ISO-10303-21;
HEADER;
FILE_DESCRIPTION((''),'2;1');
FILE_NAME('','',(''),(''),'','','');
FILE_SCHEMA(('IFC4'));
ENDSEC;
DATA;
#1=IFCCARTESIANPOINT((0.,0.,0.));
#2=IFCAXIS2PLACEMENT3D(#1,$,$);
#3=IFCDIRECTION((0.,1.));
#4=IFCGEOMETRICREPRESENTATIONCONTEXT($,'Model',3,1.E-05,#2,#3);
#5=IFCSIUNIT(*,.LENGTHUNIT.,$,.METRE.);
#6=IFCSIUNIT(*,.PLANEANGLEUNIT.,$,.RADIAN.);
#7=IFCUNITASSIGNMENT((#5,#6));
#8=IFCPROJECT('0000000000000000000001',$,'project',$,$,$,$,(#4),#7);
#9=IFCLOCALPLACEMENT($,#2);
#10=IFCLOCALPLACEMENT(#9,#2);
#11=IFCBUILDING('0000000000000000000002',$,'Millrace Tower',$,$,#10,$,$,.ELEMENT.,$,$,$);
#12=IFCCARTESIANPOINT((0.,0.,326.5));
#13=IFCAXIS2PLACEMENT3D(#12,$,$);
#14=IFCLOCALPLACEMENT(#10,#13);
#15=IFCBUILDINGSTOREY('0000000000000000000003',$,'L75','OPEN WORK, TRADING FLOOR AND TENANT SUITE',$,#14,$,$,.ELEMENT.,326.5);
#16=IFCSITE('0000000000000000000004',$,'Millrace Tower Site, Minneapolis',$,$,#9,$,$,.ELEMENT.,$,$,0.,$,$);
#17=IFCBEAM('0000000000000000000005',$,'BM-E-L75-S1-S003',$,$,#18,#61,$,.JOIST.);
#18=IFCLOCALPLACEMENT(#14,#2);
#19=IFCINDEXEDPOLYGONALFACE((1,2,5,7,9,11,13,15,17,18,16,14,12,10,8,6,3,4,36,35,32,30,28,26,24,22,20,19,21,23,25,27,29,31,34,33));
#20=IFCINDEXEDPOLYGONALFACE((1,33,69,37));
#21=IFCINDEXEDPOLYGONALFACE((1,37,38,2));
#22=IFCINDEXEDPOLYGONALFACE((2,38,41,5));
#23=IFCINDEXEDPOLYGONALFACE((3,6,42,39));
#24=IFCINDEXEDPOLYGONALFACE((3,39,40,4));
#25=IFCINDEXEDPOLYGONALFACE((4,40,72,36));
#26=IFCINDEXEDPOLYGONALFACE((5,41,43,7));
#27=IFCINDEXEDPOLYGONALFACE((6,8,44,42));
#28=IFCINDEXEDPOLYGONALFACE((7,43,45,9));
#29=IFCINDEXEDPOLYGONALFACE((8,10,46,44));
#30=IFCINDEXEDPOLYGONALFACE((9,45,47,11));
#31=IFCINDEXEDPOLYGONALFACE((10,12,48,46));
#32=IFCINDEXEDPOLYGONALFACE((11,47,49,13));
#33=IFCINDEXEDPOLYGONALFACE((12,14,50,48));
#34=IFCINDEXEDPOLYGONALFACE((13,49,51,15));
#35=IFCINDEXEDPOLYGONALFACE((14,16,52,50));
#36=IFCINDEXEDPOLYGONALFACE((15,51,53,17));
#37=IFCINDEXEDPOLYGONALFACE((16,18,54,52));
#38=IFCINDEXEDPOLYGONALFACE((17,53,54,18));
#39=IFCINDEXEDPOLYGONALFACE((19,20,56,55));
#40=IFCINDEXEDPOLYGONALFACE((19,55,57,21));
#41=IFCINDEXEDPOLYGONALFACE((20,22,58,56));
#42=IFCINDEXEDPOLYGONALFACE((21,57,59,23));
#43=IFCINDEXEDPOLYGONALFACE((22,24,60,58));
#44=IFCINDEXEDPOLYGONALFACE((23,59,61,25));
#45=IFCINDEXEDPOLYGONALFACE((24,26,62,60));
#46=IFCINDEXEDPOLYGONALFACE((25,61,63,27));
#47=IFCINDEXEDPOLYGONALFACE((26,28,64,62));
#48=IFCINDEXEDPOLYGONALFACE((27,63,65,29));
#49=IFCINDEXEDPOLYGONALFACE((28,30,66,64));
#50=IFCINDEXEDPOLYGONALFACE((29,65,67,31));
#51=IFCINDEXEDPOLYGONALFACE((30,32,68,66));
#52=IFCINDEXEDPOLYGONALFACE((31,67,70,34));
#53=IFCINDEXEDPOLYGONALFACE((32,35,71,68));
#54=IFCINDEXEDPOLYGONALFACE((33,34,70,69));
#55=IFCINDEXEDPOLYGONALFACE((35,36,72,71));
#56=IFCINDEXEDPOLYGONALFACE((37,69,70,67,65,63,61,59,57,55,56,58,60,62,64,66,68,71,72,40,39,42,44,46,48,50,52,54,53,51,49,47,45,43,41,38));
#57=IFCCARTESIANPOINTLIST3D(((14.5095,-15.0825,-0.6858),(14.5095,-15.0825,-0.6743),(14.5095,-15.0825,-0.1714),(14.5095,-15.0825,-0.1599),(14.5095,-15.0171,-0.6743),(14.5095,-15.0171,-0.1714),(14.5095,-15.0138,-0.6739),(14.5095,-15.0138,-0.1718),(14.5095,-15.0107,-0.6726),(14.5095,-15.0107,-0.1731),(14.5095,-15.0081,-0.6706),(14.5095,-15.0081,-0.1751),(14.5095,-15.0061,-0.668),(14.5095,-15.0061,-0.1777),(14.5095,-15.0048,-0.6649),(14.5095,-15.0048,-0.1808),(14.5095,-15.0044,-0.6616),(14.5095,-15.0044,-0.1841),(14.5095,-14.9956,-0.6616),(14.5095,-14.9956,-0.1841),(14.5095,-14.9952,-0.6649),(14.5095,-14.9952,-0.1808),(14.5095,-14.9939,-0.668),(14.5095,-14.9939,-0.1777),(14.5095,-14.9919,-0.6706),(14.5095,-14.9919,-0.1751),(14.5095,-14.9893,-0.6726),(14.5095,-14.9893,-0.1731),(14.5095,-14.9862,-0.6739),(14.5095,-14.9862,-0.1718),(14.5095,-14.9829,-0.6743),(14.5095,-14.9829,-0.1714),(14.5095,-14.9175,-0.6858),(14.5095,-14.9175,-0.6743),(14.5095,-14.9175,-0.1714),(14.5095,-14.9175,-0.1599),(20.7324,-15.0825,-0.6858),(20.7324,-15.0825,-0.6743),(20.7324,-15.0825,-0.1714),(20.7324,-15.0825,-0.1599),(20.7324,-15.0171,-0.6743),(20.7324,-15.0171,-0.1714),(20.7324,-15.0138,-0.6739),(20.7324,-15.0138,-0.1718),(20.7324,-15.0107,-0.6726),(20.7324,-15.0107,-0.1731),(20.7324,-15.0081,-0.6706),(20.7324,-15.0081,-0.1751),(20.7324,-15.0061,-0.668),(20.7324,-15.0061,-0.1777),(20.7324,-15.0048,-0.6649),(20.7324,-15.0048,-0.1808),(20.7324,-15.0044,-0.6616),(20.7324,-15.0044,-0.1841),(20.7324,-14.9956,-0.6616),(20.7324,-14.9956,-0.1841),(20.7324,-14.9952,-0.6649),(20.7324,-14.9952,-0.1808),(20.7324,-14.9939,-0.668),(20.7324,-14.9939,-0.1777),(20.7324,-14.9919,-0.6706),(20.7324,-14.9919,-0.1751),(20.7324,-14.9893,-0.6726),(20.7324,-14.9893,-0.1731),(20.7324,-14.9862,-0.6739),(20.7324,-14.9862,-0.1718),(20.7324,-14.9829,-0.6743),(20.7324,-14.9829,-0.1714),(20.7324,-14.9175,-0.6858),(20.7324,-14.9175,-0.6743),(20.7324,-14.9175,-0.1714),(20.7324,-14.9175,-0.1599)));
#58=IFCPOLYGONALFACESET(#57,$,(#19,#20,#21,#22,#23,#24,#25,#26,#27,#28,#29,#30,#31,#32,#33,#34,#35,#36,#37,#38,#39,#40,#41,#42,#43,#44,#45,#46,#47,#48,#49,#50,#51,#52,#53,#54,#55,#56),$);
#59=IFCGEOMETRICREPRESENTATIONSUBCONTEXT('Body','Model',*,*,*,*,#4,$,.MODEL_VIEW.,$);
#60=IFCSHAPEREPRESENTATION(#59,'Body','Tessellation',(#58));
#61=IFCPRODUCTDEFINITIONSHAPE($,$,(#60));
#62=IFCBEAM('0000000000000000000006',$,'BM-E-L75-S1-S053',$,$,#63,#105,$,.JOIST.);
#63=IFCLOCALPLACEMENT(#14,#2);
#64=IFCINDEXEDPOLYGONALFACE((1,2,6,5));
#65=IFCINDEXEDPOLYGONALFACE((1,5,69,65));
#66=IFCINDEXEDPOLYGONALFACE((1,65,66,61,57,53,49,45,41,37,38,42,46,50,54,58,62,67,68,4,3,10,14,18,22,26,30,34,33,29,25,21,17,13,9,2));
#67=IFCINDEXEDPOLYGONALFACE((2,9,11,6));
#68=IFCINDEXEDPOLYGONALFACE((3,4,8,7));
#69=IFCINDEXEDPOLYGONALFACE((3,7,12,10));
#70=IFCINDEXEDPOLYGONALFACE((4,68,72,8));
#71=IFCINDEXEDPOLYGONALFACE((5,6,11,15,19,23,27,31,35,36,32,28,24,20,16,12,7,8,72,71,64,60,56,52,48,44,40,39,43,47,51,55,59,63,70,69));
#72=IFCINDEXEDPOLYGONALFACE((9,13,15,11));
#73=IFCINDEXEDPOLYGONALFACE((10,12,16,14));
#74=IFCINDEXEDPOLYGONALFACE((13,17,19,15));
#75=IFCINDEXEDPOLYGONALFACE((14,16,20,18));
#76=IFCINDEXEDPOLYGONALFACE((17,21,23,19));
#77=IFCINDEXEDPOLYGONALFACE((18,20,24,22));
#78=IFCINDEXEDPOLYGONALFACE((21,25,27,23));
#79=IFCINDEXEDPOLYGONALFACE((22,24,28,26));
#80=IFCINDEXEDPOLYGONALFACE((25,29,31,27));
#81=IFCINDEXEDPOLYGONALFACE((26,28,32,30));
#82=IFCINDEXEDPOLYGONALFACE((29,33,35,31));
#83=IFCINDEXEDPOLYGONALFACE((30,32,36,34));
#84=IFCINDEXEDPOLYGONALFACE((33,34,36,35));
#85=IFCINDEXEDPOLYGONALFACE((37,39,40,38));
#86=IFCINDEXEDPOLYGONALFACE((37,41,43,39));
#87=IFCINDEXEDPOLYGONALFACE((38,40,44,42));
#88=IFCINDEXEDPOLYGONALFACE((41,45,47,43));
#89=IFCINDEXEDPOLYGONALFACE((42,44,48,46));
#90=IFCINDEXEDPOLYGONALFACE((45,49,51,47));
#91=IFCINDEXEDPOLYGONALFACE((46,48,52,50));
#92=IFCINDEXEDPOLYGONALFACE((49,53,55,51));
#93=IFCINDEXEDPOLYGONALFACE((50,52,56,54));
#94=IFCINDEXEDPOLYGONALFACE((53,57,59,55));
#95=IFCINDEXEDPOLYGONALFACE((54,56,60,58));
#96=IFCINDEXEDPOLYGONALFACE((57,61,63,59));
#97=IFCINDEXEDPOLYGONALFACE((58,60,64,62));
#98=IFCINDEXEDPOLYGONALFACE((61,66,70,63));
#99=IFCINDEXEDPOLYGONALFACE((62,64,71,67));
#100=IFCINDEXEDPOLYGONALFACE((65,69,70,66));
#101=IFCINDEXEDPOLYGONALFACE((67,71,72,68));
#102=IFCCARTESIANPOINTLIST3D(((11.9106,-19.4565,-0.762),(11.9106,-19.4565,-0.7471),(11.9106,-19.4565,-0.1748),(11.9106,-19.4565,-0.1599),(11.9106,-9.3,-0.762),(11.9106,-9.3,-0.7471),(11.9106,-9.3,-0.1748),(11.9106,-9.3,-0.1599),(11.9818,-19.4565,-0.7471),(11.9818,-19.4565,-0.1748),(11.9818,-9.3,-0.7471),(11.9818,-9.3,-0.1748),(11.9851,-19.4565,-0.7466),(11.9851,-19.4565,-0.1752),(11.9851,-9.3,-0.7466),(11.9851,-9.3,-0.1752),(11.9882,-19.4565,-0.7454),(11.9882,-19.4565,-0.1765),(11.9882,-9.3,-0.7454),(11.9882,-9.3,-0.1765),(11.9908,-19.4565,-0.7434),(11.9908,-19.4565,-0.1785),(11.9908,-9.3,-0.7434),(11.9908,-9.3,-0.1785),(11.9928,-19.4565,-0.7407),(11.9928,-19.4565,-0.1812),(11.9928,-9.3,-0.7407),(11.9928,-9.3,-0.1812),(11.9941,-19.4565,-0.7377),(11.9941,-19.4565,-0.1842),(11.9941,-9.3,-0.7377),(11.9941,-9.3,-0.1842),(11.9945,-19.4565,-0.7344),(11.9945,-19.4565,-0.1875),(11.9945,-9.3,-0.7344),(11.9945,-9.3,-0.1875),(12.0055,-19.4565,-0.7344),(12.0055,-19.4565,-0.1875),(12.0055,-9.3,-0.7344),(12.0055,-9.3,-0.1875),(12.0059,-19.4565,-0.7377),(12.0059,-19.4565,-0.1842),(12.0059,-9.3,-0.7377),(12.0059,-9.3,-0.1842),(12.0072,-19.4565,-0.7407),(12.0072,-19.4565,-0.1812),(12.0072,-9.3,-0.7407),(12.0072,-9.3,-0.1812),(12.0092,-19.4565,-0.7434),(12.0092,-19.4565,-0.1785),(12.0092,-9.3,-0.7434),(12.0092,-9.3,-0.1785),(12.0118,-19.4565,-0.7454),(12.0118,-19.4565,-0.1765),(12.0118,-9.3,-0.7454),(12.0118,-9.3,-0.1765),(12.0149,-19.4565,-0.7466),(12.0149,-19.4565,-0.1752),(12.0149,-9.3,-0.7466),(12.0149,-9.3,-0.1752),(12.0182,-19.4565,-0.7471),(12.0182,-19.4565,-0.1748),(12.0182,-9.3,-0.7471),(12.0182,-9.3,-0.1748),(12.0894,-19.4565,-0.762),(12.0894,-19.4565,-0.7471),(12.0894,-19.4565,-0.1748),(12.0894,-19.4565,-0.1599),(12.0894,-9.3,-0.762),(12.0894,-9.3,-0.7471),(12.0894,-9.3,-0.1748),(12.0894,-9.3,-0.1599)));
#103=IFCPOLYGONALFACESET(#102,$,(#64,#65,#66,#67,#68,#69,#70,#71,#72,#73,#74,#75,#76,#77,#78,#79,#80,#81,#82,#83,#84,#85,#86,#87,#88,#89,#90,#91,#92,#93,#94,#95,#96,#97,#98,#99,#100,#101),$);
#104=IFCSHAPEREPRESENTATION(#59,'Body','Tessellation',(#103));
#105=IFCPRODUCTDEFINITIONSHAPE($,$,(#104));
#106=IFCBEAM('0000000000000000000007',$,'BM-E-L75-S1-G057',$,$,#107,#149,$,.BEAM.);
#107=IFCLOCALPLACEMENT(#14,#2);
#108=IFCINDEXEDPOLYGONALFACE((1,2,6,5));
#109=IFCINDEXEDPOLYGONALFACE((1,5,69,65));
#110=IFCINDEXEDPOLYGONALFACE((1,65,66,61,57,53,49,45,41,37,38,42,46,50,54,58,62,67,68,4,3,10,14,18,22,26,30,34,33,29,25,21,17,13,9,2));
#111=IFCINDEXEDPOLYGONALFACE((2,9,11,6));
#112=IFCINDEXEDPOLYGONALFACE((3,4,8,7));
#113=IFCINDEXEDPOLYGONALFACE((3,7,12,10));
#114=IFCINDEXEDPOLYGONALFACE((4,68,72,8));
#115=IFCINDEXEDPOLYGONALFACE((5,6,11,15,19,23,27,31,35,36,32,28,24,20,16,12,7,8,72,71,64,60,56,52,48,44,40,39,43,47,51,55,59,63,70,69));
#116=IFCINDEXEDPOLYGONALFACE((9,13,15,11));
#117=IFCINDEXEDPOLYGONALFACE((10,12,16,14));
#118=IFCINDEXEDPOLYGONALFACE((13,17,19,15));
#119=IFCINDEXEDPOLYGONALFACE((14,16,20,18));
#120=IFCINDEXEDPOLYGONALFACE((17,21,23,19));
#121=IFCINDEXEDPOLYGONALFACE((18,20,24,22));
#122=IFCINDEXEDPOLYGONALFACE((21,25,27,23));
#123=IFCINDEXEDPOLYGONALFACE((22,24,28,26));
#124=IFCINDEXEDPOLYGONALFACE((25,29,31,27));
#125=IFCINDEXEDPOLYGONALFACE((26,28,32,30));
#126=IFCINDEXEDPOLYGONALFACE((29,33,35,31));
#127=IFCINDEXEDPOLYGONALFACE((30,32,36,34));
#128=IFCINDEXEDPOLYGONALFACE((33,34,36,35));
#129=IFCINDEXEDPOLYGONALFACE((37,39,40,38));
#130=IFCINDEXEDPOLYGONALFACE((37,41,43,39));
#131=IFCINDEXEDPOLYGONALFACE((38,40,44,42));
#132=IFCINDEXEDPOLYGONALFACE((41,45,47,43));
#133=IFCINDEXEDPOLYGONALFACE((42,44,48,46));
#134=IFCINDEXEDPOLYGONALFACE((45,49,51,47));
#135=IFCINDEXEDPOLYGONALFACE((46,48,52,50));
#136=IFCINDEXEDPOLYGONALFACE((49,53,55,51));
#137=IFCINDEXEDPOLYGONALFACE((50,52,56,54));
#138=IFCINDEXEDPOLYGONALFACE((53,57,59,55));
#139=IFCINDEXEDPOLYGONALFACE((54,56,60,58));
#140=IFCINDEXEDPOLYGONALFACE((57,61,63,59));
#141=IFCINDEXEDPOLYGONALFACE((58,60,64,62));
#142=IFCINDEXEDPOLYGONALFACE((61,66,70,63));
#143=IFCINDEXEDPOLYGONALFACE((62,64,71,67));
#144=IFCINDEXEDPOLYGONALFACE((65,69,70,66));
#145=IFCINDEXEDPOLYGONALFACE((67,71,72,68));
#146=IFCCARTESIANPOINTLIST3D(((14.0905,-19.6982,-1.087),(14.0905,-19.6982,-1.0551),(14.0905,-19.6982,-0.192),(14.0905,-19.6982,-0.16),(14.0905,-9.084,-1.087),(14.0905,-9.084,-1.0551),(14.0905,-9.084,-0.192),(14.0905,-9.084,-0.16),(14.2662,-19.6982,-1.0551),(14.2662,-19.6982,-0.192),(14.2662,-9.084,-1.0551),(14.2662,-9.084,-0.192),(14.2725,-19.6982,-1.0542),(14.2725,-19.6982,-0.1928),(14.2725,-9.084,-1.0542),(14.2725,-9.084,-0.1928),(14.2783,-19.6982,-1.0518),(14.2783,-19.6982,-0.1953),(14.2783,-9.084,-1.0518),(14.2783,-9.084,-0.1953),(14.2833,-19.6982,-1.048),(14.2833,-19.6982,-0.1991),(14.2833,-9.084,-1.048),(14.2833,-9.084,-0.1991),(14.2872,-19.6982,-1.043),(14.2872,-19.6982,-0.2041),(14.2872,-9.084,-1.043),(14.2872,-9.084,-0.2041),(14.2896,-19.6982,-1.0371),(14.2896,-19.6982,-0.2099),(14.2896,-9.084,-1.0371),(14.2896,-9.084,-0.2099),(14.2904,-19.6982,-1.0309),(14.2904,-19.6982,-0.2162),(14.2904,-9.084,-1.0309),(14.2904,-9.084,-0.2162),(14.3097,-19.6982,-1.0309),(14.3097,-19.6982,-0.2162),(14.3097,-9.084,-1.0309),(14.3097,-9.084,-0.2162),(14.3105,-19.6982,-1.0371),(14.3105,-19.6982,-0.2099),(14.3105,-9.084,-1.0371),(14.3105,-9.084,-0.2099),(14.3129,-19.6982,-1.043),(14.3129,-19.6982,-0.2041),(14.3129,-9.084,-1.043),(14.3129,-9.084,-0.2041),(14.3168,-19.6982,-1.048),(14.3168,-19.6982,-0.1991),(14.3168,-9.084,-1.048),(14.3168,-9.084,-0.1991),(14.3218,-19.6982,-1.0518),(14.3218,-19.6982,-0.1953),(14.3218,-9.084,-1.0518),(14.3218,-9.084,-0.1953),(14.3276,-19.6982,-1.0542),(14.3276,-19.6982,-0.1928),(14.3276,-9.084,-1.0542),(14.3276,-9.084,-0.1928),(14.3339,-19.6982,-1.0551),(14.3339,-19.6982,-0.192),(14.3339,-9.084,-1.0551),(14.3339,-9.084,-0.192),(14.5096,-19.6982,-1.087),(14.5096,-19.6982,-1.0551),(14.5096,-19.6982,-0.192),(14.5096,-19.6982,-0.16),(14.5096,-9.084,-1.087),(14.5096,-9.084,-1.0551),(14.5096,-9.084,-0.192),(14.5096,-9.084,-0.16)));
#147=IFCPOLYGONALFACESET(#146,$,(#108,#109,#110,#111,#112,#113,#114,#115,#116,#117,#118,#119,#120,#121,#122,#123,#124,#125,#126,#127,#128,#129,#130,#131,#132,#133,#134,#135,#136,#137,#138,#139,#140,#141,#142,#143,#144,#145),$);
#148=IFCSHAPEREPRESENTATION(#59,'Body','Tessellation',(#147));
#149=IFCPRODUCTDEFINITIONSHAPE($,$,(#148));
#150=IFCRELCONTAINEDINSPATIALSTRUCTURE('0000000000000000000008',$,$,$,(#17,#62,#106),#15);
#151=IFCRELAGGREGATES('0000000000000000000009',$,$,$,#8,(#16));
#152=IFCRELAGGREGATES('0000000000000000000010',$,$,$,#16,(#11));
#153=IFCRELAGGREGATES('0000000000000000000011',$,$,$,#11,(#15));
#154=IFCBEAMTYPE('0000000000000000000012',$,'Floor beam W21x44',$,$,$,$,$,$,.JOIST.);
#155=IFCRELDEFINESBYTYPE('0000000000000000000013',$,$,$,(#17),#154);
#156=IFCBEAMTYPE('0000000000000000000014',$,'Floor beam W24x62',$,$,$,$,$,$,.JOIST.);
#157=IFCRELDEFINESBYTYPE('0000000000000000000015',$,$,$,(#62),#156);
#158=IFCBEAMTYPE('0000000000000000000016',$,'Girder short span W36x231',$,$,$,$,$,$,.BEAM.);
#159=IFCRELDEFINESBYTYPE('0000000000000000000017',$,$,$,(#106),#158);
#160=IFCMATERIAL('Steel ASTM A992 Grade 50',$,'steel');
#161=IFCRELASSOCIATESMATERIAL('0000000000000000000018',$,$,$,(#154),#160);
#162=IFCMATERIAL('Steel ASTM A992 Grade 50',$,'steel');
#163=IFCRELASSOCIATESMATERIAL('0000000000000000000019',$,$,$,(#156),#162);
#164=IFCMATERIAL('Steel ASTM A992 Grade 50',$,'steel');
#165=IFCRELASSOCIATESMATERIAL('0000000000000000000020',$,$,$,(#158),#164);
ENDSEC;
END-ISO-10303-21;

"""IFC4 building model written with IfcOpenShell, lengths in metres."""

from ifc_helpers import new_model, si_unit, direction, frame, origin, origin_2d, place, context, subcontext, project, spatial, i_section, extrude, material, material_profile, profile_set, type_object, element, save


model = new_model("IFC4")

# Units and contexts
model_context = context("Model", 3, precision=1e-05, world=origin(), true_north=direction((0.0, 1.0)))
body_context = subcontext(model_context, "Body", "Model", "MODEL_VIEW")
ifc_project = project(units=[si_unit("LENGTHUNIT", "METRE"), si_unit("PLANEANGLEUNIT", "RADIAN")], contexts=[model_context])

# Site, building, storey
site_placement = place(None, origin())
site = spatial("IfcSite", under=ifc_project, at=site_placement, Name="Millrace Tower Site, Minneapolis", CompositionType="ELEMENT", RefElevation=0.0)
building_placement = place(site_placement, origin())
building = spatial("IfcBuilding", under=site, at=building_placement, Name="Millrace Tower", CompositionType="ELEMENT")
storey_placement = place(building_placement, frame((0.0, 0.0, 326.5)))
storey = spatial("IfcBuildingStorey", under=building, at=storey_placement, Name="L75", Description="OPEN WORK, TRADING FLOOR AND TENANT SUITE", CompositionType="ELEMENT", Elevation=326.5)

# Beams
ifc_material_1 = material(Name="Steel ASTM A992 Grade 50", Category="steel")
ifc_material_profile_1 = material_profile(ifc_material_1, i_section(OverallWidth=0.165, OverallDepth=0.5259, WebThickness=0.0088, FlangeThickness=0.0115, FilletRadius=0.0127, at=origin_2d()))
ifc_profile_set_1 = profile_set([ifc_material_profile_1], Name="Steel ASTM A992 Grade 50")
beam_type_1 = type_object("IfcBeamType", Name="Floor beam W21x44", PredefinedType="JOIST", material=ifc_profile_set_1)
beam_1_placement = place(storey_placement, frame((14.5095, -15.0, -0.4229), z_axis=(1.0, 0.0, 0.0), x_axis=(0.0, 1.0, 0.0)))
element("IfcBeam", 1, at=beam_1_placement, inside=storey, type_object=beam_type_1, Name="BM-E-L75-S1-S003", PredefinedType="JOIST", context=body_context, shape_type="SweptSolid", body=[
    extrude(i_section(OverallWidth=0.165, OverallDepth=0.5259, WebThickness=0.0088, FlangeThickness=0.0115, FilletRadius=0.0127, at=origin_2d()), origin(), (0.0, 0.0, 1.0), 6.2229),
])
ifc_material_2 = material(Name="Steel ASTM A992 Grade 50", Category="steel")
ifc_material_profile_2 = material_profile(ifc_material_2, i_section(OverallWidth=0.1787, OverallDepth=0.6021, WebThickness=0.011, FlangeThickness=0.0149, FilletRadius=0.0127, at=origin_2d()))
ifc_profile_set_2 = profile_set([ifc_material_profile_2], Name="Steel ASTM A992 Grade 50")
beam_type_2 = type_object("IfcBeamType", Name="Floor beam W24x62", PredefinedType="JOIST", material=ifc_profile_set_2)
beam_2_placement = place(storey_placement, frame((12.0, -19.4565, -0.4609), z_axis=(0.0, 1.0, 0.0), x_axis=(-1.0, 0.0, 0.0)))
element("IfcBeam", 2, at=beam_2_placement, inside=storey, type_object=beam_type_2, Name="BM-E-L75-S1-S053", PredefinedType="JOIST", context=body_context, shape_type="SweptSolid", body=[
    extrude(i_section(OverallWidth=0.1787, OverallDepth=0.6021, WebThickness=0.011, FlangeThickness=0.0149, FilletRadius=0.0127, at=origin_2d()), origin(), (0.0, 0.0, 1.0), 10.1565),
])
ifc_material_3 = material(Name="Steel ASTM A992 Grade 50", Category="steel")
ifc_material_profile_3 = material_profile(ifc_material_3, i_section(OverallWidth=0.4192, OverallDepth=0.927, WebThickness=0.0193, FlangeThickness=0.032, FilletRadius=0.0242, at=origin_2d()))
ifc_profile_set_3 = profile_set([ifc_material_profile_3], Name="Steel ASTM A992 Grade 50")
beam_type_3 = type_object("IfcBeamType", Name="Girder short span W36x231", PredefinedType="BEAM", material=ifc_profile_set_3)
beam_3_placement = place(storey_placement, frame((14.3, -19.6982, -0.6235), z_axis=(0.0, 1.0, 0.0), x_axis=(-1.0, 0.0, 0.0)))
element("IfcBeam", 3, at=beam_3_placement, inside=storey, type_object=beam_type_3, Name="BM-E-L75-S1-G057", PredefinedType="BEAM", context=body_context, shape_type="SweptSolid", body=[
    extrude(i_section(OverallWidth=0.4192, OverallDepth=0.927, WebThickness=0.0193, FlangeThickness=0.032, FilletRadius=0.0242, at=origin_2d()), origin(), (0.0, 0.0, 1.0), 10.6143),
])

save(model, "model.ifc")
